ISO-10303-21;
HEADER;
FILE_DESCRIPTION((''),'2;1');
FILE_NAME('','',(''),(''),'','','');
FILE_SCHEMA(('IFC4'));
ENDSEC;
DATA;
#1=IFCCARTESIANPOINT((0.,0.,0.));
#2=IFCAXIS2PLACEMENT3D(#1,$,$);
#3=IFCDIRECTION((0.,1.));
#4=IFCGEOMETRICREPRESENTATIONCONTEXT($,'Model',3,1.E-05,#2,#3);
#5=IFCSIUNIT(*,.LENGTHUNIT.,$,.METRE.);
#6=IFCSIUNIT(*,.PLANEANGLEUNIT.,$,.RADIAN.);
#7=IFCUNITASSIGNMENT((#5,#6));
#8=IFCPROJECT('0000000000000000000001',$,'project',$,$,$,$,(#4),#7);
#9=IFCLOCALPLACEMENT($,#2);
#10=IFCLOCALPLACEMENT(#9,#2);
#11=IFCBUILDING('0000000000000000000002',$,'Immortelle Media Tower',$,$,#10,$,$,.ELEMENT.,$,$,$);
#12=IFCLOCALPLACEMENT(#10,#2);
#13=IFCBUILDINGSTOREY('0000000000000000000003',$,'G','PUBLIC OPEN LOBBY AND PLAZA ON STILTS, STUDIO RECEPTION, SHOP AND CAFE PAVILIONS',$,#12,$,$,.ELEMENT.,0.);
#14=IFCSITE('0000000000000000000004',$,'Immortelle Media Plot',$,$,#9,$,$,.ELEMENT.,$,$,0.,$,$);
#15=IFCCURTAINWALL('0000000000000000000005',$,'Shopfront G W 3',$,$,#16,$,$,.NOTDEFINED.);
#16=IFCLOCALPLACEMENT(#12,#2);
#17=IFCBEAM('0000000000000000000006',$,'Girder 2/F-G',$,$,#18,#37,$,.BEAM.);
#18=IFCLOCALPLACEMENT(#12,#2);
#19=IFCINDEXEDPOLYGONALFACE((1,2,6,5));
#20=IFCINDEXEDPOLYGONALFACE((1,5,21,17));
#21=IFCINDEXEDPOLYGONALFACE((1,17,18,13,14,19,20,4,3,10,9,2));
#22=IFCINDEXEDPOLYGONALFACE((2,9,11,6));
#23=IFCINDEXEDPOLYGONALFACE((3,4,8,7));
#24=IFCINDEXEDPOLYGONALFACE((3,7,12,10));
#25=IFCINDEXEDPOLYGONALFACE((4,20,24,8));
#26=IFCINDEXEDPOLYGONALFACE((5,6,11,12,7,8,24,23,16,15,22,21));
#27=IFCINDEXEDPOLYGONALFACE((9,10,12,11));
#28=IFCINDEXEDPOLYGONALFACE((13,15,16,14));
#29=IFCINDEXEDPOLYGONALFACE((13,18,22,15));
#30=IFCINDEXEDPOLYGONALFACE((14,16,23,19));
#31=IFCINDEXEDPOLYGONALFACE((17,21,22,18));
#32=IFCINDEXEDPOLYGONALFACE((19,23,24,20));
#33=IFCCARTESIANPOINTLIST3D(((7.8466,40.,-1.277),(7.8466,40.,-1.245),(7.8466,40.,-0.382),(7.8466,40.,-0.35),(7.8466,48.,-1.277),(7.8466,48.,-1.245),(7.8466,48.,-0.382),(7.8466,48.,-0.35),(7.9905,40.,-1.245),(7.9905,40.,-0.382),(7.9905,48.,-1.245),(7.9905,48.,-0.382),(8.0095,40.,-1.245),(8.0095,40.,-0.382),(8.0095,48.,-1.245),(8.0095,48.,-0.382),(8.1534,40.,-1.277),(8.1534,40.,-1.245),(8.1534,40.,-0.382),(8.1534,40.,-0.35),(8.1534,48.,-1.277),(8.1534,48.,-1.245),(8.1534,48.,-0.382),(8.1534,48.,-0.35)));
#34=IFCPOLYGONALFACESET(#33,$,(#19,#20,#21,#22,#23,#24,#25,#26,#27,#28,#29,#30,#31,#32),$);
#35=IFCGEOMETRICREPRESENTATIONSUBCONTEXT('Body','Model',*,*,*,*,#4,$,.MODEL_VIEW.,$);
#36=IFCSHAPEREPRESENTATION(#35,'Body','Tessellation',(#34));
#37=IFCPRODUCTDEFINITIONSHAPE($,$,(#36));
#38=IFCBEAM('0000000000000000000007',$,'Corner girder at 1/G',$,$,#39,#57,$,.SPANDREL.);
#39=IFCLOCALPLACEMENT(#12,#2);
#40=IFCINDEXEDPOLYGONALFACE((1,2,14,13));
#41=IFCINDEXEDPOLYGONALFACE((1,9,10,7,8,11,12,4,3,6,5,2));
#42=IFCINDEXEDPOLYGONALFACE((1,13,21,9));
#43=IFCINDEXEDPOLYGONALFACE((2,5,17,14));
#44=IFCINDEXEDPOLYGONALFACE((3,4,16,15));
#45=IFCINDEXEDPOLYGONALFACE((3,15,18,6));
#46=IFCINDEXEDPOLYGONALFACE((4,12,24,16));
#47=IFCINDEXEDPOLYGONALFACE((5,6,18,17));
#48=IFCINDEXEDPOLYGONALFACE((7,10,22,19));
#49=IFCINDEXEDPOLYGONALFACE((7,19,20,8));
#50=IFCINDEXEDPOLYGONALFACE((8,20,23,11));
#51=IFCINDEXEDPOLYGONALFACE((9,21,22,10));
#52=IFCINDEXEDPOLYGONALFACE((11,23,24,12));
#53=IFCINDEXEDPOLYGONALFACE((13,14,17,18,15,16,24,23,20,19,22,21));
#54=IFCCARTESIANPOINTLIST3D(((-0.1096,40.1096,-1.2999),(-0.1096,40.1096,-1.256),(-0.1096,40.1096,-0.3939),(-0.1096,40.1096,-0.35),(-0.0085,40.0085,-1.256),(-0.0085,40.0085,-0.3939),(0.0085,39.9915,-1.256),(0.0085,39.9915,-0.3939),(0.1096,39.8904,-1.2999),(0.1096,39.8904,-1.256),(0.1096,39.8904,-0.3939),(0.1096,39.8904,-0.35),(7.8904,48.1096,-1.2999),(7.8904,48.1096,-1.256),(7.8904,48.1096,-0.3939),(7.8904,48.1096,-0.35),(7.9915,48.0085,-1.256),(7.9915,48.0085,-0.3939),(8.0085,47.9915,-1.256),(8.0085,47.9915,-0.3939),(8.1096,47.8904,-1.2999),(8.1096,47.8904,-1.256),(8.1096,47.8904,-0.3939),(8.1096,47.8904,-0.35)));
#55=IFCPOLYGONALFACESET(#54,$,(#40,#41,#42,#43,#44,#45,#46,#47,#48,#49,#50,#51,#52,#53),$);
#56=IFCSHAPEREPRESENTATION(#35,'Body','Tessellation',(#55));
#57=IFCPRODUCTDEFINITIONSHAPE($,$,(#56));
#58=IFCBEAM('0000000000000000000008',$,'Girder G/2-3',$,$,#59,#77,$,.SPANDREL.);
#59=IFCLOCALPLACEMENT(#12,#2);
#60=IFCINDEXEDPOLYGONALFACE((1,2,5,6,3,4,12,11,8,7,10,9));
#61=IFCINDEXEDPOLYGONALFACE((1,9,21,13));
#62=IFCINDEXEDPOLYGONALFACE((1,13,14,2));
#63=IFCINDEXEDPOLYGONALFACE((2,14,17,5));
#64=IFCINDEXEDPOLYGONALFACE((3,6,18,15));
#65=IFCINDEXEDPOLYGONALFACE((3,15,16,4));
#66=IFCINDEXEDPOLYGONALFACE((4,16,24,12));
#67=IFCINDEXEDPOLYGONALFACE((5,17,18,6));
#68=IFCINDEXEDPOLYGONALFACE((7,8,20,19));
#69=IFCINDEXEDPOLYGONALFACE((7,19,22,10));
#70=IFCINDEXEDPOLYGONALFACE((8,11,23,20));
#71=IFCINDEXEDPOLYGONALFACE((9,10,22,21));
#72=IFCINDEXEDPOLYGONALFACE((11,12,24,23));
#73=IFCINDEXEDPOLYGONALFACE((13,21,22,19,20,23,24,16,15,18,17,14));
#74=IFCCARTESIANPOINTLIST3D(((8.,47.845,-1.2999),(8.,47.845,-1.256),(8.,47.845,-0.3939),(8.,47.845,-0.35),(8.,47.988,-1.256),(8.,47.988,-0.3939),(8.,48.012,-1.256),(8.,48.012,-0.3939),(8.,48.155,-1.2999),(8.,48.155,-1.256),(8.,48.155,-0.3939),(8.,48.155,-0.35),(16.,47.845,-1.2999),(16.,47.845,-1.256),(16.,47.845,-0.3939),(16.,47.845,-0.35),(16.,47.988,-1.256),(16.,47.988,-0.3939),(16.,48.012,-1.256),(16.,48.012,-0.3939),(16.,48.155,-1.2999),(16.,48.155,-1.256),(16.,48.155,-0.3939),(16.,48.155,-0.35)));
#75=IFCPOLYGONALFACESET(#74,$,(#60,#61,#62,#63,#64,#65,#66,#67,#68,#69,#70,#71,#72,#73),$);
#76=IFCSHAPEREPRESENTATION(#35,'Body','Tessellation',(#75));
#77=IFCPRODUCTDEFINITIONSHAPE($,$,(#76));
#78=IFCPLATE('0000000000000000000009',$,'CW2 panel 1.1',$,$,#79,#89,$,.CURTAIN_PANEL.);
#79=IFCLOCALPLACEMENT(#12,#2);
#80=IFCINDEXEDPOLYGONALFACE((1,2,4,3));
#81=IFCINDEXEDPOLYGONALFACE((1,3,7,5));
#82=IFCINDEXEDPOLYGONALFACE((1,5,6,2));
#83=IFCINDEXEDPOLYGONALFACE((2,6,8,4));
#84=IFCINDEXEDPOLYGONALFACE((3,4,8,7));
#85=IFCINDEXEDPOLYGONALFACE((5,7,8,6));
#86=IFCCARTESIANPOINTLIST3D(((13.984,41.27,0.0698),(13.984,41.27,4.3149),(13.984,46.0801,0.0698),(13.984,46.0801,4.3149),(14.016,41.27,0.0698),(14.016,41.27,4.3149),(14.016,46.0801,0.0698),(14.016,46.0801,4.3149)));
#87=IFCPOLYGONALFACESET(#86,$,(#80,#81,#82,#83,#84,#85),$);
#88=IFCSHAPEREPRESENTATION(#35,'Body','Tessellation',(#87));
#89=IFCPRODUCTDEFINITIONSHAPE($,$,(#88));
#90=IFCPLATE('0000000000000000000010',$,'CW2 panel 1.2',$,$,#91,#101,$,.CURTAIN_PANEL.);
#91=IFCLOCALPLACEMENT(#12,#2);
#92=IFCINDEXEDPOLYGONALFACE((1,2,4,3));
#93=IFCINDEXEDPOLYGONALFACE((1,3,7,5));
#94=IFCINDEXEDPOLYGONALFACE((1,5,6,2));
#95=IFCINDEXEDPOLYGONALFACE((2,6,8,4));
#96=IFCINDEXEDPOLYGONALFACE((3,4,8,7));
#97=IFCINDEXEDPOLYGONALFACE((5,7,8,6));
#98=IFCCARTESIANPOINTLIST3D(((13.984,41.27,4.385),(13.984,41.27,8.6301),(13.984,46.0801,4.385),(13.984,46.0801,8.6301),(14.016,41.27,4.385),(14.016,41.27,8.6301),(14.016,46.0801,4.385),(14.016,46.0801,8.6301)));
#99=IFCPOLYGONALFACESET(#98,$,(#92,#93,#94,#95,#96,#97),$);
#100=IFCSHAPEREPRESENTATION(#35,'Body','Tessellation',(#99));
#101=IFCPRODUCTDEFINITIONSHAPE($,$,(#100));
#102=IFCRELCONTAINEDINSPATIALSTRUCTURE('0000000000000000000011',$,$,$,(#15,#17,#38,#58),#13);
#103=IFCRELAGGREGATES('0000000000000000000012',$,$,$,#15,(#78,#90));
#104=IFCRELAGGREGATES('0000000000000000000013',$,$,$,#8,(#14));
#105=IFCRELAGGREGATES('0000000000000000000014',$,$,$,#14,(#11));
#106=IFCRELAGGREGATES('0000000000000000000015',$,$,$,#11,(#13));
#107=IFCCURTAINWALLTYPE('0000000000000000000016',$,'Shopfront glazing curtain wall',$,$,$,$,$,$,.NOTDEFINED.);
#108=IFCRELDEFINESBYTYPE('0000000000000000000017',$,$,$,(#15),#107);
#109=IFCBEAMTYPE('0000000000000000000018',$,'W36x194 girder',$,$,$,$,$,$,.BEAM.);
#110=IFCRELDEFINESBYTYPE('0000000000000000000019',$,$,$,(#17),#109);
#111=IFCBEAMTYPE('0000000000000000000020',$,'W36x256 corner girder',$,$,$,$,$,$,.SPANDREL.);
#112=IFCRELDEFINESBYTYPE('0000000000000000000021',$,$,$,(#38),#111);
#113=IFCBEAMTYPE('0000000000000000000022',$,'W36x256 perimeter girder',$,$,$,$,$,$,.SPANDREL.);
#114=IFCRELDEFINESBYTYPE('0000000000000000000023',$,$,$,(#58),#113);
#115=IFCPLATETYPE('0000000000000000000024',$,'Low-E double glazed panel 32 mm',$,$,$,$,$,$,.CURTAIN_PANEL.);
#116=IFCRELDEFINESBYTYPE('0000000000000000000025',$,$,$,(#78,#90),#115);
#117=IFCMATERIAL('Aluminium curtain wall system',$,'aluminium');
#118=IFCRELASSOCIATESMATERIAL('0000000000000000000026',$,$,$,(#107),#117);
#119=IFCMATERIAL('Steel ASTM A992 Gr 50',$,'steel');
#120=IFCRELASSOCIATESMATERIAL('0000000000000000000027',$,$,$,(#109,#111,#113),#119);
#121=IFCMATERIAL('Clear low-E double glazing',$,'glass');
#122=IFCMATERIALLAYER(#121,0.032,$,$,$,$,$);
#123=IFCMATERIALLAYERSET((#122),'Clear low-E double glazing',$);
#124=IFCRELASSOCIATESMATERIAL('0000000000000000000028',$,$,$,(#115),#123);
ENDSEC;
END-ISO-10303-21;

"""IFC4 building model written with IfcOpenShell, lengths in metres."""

from ifc_helpers import new_model, si_unit, direction, frame, origin, origin_2d, place, context, subcontext, project, spatial, rectangle, i_section, extrude, material, layer, layer_set, material_profile, profile_set, type_object, element, aggregate, save


model = new_model("IFC4")

# Units and contexts
model_context = context("Model", 3, precision=1e-05, world=origin(), true_north=direction((0.0, 1.0)))
body_context = subcontext(model_context, "Body", "Model", "MODEL_VIEW")
ifc_project = project(units=[si_unit("LENGTHUNIT", "METRE"), si_unit("PLANEANGLEUNIT", "RADIAN")], contexts=[model_context])

# Site, building, storey
site_placement = place(None, origin())
site = spatial("IfcSite", under=ifc_project, at=site_placement, Name="Immortelle Media Plot", CompositionType="ELEMENT", RefElevation=0.0)
building_placement = place(site_placement, origin())
building = spatial("IfcBuilding", under=site, at=building_placement, Name="Immortelle Media Tower", CompositionType="ELEMENT")
storey_placement = place(building_placement, origin())
storey = spatial("IfcBuildingStorey", under=building, at=storey_placement, Name="G", Description="PUBLIC OPEN LOBBY AND PLAZA ON STILTS, STUDIO RECEPTION, SHOP AND CAFE PAVILIONS", CompositionType="ELEMENT", Elevation=0.0)

# Shared definitions
ifc_material_1 = material(Name="Aluminium curtain wall system", Category="aluminium")
curtain_wall_type = type_object("IfcCurtainWallType", Name="Shopfront glazing curtain wall", PredefinedType="NOTDEFINED", material=ifc_material_1)

# Curtain wall
curtain_wall_1_placement = place(storey_placement, origin())
curtain_wall_1 = element("IfcCurtainWall", 1, at=curtain_wall_1_placement, inside=storey, type_object=curtain_wall_type, Name="Shopfront G W 3", PredefinedType="NOTDEFINED")

# Beams
ifc_material_2 = material(Name="Steel ASTM A992 Gr 50", Category="steel")
ifc_material_profile_1 = material_profile(ifc_material_2, i_section(OverallWidth=0.3069, OverallDepth=0.927, WebThickness=0.019, FlangeThickness=0.032, at=origin_2d()), Name="W36x194")
ifc_profile_set_1 = profile_set([ifc_material_profile_1], Name="Steel ASTM A992 Gr 50")
beam_type_1 = type_object("IfcBeamType", Name="W36x194 girder", PredefinedType="BEAM", material=ifc_profile_set_1)
for number, where, z_axis, x_axis, name in (
    (2, (8.0, 40.0, -0.8135), (0.0, 1.0, 0.0), (-1.0, 0.0, 0.0), "Girder 2/F-G"),
):
    element("IfcBeam", number, at=place(storey_placement, frame(where, z_axis=z_axis, x_axis=x_axis)), inside=storey, type_object=beam_type_1, Name=name, PredefinedType="BEAM", context=body_context, shape_type="SweptSolid", body=[
        extrude(i_section(OverallWidth=0.3069, OverallDepth=0.927, WebThickness=0.019, FlangeThickness=0.032, at=origin_2d()), origin(), (0.0, 0.0, 1.0), 8.0),
    ])
ifc_material_profile_2 = material_profile(ifc_material_2, i_section(OverallWidth=0.3101, OverallDepth=0.95, WebThickness=0.0239, FlangeThickness=0.0439, at=origin_2d()), Name="W36x256")
ifc_profile_set_2 = profile_set([ifc_material_profile_2], Name="Steel ASTM A992 Gr 50")
beam_type_2 = type_object("IfcBeamType", Name="W36x256 corner girder", PredefinedType="SPANDREL", material=ifc_profile_set_2)
beam_1_placement = place(storey_placement, frame((0.0, 40.0, -0.825), z_axis=(0.707107, 0.707107, 0.0), x_axis=(-0.707107, 0.707107, 0.0)))
element("IfcBeam", 3, at=beam_1_placement, inside=storey, type_object=beam_type_2, Name="Corner girder at 1/G", PredefinedType="SPANDREL", context=body_context, shape_type="SweptSolid", body=[
    extrude(i_section(OverallWidth=0.3101, OverallDepth=0.95, WebThickness=0.0239, FlangeThickness=0.0439, at=origin_2d()), origin(), (0.0, 0.0, 1.0), 11.3137),
])
ifc_material_profile_3 = material_profile(ifc_material_2, i_section(OverallWidth=0.3101, OverallDepth=0.95, WebThickness=0.0239, FlangeThickness=0.0439, at=origin_2d()), Name="W36x256")
ifc_profile_set_3 = profile_set([ifc_material_profile_3], Name="Steel ASTM A992 Gr 50")
beam_type_3 = type_object("IfcBeamType", Name="W36x256 perimeter girder", PredefinedType="SPANDREL", material=ifc_profile_set_3)
beam_2_placement = place(storey_placement, frame((8.0, 48.0, -0.825), z_axis=(1.0, 0.0, 0.0), x_axis=(0.0, 1.0, 0.0)))
element("IfcBeam", 4, at=beam_2_placement, inside=storey, type_object=beam_type_3, Name="Girder G/2-3", PredefinedType="SPANDREL", context=body_context, shape_type="SweptSolid", body=[
    extrude(i_section(OverallWidth=0.3101, OverallDepth=0.95, WebThickness=0.0239, FlangeThickness=0.0439, at=origin_2d()), origin(), (0.0, 0.0, 1.0), 8.0),
])

# Plates
ifc_material_3 = material(Name="Clear low-E double glazing", Category="glass")
ifc_layer_1 = layer(ifc_material_3, 0.032)
ifc_layer_set_1 = layer_set([ifc_layer_1], Name="Clear low-E double glazing")
plate_type = type_object("IfcPlateType", Name="Low-E double glazed panel 32 mm", PredefinedType="CURTAIN_PANEL", material=ifc_layer_set_1)
plate_1_placement = place(storey_placement, frame((14.0, 43.675, 0.0698), z_axis=(0.0, 0.0, 1.0), x_axis=(0.0, -1.0, 0.0)))
plate_1 = element("IfcPlate", 5, at=plate_1_placement, type_object=plate_type, Name="CW2 panel 1.1", PredefinedType="CURTAIN_PANEL", context=body_context, shape_type="SweptSolid", body=[
    extrude(rectangle(XDim=4.8101, YDim=0.032, at=origin_2d()), origin(), (0.0, 0.0, 1.0), 4.2451),
])
plate_2_placement = place(storey_placement, frame((14.0, 43.675, 4.385), z_axis=(0.0, 0.0, 1.0), x_axis=(0.0, -1.0, 0.0)))
plate_2 = element("IfcPlate", 6, at=plate_2_placement, type_object=plate_type, Name="CW2 panel 1.2", PredefinedType="CURTAIN_PANEL", context=body_context, shape_type="SweptSolid", body=[
    extrude(rectangle(XDim=4.8101, YDim=0.032, at=origin_2d()), origin(), (0.0, 0.0, 1.0), 4.2451),
])
aggregate(curtain_wall_1, [plate_1, plate_2])

save(model, "model.ifc")
